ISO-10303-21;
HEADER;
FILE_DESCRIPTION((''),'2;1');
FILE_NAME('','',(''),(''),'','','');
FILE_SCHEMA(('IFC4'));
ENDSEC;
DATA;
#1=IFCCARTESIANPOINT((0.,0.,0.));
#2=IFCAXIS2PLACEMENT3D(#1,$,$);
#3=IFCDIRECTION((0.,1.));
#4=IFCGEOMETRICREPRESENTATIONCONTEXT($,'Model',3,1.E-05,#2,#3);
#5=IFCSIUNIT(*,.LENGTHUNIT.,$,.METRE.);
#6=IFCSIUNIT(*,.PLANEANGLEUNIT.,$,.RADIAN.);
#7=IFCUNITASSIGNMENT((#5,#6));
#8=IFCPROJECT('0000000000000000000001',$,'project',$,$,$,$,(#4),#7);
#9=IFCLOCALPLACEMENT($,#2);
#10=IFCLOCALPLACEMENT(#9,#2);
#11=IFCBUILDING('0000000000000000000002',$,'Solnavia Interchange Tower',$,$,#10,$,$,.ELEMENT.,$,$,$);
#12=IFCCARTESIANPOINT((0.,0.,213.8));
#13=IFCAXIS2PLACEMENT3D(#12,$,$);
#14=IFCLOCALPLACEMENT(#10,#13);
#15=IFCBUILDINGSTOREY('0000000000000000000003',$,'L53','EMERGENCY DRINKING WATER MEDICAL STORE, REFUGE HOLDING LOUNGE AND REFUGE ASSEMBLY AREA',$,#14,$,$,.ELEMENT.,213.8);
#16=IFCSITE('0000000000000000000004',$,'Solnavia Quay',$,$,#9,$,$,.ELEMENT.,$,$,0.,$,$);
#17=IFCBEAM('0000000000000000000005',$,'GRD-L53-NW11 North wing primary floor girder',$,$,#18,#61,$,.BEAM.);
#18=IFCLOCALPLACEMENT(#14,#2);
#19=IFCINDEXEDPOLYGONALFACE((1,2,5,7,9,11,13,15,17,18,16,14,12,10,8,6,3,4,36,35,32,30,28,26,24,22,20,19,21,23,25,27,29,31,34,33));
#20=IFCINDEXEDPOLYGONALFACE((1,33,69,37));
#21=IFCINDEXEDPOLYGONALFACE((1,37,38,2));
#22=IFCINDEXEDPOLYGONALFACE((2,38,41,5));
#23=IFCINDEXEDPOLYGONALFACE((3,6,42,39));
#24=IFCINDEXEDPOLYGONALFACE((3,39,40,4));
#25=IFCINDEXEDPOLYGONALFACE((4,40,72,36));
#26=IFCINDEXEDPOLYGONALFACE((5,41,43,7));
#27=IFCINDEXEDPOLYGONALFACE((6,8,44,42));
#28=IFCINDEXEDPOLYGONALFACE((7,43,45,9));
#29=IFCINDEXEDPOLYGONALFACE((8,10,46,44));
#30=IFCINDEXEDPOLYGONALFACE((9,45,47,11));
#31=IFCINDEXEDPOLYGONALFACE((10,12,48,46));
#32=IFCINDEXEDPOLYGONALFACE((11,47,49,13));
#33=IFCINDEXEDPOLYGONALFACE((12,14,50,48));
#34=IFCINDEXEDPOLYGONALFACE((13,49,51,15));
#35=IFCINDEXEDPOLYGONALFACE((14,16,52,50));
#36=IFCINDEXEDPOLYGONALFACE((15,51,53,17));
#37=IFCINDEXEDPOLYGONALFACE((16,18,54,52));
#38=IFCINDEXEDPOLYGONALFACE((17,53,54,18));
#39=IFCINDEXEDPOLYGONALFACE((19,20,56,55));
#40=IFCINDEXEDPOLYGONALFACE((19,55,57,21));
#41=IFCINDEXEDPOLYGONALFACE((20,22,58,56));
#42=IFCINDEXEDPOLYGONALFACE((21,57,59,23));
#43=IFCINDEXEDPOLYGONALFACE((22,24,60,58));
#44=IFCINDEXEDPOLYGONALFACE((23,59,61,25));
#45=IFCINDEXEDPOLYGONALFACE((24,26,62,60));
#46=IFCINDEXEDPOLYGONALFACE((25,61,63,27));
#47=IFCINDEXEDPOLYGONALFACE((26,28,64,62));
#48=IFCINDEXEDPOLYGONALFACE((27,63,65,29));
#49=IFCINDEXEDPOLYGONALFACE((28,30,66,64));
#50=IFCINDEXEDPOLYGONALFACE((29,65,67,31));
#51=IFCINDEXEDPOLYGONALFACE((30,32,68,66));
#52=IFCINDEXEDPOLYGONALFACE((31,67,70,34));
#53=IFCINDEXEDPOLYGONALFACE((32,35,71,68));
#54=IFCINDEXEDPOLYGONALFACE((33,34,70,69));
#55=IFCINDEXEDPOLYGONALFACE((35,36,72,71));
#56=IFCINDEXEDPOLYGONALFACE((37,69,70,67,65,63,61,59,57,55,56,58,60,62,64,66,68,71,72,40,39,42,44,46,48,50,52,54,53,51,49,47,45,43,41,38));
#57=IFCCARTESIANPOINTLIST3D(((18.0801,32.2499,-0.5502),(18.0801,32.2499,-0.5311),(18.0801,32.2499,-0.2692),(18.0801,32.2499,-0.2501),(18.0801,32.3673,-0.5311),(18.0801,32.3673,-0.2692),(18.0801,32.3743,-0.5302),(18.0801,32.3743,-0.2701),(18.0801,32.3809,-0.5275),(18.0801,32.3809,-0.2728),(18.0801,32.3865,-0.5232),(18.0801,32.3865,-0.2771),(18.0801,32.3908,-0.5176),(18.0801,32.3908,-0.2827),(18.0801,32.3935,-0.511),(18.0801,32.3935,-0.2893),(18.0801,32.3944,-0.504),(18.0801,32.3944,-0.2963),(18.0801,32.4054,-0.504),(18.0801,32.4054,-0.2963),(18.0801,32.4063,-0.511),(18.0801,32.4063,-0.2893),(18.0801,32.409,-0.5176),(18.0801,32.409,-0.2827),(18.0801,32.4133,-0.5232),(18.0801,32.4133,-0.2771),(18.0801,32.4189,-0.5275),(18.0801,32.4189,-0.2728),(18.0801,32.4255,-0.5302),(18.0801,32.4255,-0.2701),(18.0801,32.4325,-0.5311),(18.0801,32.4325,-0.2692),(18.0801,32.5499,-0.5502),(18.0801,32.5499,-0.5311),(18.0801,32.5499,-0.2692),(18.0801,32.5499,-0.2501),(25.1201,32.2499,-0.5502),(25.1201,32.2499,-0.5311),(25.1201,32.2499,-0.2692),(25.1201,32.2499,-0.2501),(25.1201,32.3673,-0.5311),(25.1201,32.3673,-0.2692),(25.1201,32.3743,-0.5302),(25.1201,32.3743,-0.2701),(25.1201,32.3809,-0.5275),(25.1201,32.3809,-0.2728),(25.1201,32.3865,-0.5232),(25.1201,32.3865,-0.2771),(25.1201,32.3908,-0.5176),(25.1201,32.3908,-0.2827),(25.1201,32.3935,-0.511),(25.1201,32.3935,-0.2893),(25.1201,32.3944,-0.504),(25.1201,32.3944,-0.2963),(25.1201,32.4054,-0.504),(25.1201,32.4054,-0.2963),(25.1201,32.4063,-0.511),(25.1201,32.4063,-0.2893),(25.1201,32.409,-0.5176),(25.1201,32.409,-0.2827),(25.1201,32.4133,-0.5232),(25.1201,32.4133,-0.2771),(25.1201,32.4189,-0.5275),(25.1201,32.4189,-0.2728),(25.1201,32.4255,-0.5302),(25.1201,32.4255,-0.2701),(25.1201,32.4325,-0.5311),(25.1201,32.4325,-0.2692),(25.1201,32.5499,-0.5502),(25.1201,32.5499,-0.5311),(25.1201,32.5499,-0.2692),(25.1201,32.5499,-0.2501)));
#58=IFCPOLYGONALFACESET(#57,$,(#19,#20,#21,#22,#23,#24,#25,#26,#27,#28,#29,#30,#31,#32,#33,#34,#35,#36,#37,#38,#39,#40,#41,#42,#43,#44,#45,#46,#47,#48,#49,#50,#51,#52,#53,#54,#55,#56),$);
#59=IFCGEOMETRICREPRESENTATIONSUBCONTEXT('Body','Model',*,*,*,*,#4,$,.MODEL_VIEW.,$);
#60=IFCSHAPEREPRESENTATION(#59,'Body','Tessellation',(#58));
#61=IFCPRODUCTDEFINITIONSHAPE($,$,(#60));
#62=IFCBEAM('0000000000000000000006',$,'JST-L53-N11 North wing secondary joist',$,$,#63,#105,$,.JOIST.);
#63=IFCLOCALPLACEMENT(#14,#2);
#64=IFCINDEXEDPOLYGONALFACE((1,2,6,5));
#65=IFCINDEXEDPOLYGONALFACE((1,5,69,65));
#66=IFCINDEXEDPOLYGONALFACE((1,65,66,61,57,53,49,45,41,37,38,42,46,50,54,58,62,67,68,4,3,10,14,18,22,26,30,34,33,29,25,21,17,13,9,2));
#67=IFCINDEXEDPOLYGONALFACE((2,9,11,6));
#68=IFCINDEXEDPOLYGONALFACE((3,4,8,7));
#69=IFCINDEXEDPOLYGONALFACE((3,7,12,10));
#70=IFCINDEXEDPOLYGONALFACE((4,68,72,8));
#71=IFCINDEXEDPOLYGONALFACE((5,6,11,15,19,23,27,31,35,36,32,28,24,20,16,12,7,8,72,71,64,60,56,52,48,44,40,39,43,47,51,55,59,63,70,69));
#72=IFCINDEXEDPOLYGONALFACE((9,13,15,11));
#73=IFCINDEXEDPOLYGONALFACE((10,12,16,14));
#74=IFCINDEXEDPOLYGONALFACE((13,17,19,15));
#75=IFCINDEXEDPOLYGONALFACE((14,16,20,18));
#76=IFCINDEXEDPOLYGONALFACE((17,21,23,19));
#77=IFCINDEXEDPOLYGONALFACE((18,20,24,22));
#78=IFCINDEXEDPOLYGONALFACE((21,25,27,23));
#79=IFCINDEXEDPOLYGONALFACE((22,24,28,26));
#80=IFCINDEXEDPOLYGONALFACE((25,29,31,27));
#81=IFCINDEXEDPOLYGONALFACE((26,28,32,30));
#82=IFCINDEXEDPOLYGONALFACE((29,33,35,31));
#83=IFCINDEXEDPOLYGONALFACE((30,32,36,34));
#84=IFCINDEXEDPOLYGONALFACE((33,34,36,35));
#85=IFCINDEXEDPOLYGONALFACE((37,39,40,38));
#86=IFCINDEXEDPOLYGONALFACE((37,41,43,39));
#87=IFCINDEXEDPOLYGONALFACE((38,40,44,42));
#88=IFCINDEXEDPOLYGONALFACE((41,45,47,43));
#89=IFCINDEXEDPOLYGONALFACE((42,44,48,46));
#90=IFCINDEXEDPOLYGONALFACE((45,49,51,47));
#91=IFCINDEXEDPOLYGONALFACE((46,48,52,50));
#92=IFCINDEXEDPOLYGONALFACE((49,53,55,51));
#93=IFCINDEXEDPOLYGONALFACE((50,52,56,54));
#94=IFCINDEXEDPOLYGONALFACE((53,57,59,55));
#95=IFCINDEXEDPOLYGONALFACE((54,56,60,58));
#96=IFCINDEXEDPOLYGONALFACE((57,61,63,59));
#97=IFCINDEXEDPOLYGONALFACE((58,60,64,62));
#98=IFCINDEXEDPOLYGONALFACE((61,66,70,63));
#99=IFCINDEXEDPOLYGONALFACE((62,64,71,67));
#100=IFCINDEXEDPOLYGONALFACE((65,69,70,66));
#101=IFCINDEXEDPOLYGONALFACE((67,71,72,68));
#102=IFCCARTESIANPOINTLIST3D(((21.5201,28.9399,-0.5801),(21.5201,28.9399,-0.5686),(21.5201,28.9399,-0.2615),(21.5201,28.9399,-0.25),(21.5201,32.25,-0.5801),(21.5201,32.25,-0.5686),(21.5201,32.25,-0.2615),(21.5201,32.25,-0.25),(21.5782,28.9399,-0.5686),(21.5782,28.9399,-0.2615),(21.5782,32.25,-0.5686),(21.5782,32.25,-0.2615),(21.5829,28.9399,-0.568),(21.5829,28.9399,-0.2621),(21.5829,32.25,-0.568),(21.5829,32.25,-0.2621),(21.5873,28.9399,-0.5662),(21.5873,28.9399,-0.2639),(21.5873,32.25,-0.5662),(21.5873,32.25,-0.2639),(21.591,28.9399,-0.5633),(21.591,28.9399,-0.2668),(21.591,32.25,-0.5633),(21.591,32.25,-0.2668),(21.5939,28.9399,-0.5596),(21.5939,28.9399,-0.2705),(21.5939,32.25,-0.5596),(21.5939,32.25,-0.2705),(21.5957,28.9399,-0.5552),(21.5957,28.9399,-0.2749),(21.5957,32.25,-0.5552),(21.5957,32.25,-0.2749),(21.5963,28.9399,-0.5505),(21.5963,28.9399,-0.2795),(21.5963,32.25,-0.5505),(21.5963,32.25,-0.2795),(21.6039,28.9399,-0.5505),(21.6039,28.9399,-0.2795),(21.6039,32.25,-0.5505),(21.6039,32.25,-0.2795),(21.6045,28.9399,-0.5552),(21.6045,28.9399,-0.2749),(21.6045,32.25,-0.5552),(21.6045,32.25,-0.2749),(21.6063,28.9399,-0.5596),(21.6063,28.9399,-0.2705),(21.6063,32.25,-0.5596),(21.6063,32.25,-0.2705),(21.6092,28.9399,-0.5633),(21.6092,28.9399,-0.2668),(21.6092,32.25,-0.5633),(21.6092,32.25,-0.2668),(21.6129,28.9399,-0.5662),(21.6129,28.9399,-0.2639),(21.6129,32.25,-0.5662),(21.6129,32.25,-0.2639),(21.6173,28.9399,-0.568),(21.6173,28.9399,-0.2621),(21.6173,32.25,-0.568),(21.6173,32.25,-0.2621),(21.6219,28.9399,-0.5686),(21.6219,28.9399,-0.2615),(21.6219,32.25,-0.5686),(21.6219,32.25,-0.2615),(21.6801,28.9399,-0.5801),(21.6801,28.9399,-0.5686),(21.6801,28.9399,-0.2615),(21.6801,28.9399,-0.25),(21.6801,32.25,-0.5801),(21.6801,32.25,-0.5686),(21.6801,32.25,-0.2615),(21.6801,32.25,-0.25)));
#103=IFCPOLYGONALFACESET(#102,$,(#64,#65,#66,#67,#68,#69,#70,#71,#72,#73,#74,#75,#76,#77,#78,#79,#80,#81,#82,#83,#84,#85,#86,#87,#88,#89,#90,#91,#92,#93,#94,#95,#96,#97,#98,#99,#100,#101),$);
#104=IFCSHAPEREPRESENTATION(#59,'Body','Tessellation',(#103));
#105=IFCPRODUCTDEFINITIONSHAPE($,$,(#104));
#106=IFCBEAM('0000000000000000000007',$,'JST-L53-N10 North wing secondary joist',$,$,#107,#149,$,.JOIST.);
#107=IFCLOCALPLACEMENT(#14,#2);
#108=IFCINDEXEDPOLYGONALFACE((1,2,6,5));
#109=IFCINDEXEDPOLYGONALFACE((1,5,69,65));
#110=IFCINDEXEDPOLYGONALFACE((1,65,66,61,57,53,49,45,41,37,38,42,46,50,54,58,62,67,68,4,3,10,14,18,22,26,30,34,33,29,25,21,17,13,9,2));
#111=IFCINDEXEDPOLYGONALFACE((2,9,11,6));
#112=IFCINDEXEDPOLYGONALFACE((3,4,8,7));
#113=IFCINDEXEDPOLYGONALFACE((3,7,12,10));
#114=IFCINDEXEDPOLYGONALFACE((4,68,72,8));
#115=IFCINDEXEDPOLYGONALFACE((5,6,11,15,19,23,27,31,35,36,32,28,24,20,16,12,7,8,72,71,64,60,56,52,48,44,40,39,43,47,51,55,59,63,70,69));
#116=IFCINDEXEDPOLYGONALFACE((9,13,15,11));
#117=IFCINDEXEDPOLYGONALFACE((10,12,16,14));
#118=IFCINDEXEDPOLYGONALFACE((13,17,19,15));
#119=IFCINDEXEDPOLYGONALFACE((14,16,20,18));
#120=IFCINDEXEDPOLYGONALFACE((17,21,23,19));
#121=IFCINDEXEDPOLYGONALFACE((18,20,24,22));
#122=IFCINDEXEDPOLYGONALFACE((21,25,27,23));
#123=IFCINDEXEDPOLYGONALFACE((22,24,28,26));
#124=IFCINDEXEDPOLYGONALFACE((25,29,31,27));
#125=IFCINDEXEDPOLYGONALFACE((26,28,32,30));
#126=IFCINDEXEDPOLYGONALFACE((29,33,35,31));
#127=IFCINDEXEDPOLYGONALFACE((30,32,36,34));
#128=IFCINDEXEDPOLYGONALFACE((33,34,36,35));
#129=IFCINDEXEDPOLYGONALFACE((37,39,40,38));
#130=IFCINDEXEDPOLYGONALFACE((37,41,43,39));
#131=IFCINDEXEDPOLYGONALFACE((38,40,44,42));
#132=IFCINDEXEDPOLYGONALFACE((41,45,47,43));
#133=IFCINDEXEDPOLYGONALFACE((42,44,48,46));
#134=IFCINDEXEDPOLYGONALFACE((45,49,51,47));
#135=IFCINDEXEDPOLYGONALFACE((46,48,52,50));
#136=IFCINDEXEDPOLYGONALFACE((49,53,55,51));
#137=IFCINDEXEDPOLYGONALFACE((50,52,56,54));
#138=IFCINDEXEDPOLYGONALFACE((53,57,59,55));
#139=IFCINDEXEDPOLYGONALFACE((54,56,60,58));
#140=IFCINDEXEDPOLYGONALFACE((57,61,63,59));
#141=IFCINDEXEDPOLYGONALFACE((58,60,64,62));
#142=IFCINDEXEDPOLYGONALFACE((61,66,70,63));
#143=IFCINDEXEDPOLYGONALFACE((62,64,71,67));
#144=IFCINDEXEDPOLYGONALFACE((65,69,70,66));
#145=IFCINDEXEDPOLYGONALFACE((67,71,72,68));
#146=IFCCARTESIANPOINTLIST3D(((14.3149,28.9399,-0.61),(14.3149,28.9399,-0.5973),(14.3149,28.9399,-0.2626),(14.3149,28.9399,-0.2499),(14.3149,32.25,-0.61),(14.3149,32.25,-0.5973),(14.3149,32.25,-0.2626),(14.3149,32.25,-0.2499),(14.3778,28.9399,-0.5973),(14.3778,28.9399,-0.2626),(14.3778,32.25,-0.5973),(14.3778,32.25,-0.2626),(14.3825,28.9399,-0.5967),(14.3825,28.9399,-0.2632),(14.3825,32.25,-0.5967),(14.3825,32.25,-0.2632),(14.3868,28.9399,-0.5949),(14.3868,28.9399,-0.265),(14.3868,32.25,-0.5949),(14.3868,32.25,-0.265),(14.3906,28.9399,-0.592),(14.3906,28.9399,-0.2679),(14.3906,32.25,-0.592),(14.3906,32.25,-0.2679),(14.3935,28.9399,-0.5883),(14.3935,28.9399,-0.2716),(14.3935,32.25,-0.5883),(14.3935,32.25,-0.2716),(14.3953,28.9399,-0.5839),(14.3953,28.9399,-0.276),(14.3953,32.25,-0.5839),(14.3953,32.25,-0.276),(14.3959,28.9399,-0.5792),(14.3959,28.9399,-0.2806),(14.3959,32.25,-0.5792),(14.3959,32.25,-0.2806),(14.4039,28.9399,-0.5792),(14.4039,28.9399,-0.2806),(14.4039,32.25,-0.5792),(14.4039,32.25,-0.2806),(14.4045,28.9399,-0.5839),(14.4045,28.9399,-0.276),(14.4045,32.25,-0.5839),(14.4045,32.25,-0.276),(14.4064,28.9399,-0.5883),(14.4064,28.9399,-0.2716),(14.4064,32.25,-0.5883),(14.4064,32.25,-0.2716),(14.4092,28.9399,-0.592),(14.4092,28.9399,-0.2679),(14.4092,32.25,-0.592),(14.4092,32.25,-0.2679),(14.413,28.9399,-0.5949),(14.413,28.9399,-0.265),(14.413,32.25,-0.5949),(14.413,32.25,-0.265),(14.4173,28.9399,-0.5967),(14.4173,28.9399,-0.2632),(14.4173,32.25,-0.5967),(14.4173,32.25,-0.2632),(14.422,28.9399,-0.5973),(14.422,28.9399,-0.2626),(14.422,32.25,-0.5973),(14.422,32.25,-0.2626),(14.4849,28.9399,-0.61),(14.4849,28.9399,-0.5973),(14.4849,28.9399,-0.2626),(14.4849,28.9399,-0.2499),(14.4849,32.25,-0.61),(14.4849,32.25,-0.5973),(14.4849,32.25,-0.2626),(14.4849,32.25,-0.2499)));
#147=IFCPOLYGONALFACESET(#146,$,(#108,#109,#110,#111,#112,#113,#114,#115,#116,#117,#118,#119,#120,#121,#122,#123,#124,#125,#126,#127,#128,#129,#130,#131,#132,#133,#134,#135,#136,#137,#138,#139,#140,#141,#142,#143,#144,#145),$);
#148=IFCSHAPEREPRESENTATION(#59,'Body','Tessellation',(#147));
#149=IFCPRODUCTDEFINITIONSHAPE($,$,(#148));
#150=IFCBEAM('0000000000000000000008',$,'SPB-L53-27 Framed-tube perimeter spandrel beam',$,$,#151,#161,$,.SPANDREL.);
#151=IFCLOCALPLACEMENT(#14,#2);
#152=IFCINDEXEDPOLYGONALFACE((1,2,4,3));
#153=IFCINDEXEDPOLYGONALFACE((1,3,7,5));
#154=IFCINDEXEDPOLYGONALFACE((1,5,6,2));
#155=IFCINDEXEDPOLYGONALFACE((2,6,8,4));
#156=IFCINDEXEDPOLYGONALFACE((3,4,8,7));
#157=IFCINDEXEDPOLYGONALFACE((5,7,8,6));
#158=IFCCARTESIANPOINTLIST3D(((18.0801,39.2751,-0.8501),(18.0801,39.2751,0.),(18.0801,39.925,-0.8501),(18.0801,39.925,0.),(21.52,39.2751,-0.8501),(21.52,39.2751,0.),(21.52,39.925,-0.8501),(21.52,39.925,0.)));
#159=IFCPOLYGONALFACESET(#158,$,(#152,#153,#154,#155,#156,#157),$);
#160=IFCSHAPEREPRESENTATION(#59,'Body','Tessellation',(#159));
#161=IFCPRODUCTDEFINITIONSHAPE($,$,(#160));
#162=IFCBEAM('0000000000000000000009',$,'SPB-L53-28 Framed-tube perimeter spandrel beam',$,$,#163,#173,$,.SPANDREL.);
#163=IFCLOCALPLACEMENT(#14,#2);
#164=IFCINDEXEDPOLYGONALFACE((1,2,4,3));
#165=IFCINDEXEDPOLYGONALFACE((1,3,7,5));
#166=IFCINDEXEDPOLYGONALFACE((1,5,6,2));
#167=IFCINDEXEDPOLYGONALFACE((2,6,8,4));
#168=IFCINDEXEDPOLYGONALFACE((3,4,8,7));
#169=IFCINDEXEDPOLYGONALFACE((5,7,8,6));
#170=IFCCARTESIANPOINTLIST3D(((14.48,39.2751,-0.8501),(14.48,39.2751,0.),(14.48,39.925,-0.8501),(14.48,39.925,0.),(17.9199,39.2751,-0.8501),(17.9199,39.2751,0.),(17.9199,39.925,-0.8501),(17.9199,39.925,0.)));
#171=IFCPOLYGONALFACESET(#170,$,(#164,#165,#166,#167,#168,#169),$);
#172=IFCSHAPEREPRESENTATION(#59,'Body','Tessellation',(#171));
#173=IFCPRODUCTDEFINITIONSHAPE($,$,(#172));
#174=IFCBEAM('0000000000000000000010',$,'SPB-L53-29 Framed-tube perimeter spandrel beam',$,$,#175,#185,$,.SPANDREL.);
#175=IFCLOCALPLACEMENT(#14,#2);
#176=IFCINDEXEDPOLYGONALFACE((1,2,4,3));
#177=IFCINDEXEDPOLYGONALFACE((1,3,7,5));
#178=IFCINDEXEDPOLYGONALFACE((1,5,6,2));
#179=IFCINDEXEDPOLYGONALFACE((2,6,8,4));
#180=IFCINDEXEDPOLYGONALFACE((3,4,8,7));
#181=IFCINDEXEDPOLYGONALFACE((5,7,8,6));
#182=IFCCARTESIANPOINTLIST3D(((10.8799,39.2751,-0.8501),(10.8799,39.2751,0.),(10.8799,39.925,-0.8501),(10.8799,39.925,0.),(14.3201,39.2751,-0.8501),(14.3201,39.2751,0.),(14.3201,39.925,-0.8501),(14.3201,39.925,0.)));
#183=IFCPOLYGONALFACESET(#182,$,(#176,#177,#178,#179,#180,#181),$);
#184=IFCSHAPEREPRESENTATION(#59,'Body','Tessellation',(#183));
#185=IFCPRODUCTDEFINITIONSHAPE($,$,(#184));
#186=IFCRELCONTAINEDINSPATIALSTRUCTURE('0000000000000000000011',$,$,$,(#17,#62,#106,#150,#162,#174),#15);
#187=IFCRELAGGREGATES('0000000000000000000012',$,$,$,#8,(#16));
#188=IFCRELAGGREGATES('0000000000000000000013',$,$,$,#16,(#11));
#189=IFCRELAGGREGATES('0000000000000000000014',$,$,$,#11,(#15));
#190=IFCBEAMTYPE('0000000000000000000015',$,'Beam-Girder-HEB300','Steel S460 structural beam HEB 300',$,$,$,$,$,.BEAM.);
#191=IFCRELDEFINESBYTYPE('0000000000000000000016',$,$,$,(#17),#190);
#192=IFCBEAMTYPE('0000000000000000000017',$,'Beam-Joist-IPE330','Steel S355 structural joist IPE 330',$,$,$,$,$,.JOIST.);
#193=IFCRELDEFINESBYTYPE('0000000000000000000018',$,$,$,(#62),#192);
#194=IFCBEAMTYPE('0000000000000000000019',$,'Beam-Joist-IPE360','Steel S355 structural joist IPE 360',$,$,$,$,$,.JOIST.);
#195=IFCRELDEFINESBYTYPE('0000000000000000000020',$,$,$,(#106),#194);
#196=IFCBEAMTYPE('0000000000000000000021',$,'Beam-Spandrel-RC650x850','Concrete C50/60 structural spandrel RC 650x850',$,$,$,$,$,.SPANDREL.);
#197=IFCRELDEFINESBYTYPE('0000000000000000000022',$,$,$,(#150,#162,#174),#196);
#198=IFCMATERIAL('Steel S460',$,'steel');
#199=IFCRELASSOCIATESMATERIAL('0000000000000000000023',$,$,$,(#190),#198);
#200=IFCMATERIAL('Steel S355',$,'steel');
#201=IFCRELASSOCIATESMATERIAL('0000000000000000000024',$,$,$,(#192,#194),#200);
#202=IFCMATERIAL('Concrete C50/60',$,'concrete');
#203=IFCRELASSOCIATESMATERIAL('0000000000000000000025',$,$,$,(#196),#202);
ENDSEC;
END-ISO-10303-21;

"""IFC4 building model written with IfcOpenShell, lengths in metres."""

from ifc_helpers import new_model, si_unit, direction, frame, origin, origin_2d, place, context, subcontext, project, spatial, rectangle, i_section, extrude, material, material_profile, profile_set, type_object, element, save


model = new_model("IFC4")

# Units and contexts
model_context = context("Model", 3, precision=1e-05, world=origin(), true_north=direction((0.0, 1.0)))
body_context = subcontext(model_context, "Body", "Model", "MODEL_VIEW")
ifc_project = project(units=[si_unit("LENGTHUNIT", "METRE"), si_unit("PLANEANGLEUNIT", "RADIAN")], contexts=[model_context])

# Site, building, storey
site_placement = place(None, origin())
site = spatial("IfcSite", under=ifc_project, at=site_placement, Name="Solnavia Quay", CompositionType="ELEMENT", RefElevation=0.0)
building_placement = place(site_placement, origin())
building = spatial("IfcBuilding", under=site, at=building_placement, Name="Solnavia Interchange Tower", CompositionType="ELEMENT")
storey_placement = place(building_placement, frame((0.0, 0.0, 213.8)))
storey = spatial("IfcBuildingStorey", under=building, at=storey_placement, Name="L53", Description="EMERGENCY DRINKING WATER MEDICAL STORE, REFUGE HOLDING LOUNGE AND REFUGE ASSEMBLY AREA", CompositionType="ELEMENT", Elevation=213.8)

# Shared definitions
ifc_material_1 = material(Name="Concrete C50/60", Category="concrete")

# Beams
ifc_material_2 = material(Name="Steel S460", Category="steel")
ifc_material_profile_1 = material_profile(ifc_material_2, i_section(OverallWidth=0.3, OverallDepth=0.3, WebThickness=0.011, FlangeThickness=0.019, FilletRadius=0.0271, at=origin_2d()), Name="HEB 300")
ifc_profile_set_1 = profile_set([ifc_material_profile_1], Name="Steel S460")
beam_type_1 = type_object("IfcBeamType", Name="Beam-Girder-HEB300", Description="Steel S460 structural beam HEB 300", PredefinedType="BEAM", material=ifc_profile_set_1)
beam_1_placement = place(storey_placement, frame((18.0801, 32.3999, -0.4001), z_axis=(1.0, 0.0, 0.0), x_axis=(0.0, 1.0, 0.0)))
element("IfcBeam", 1, at=beam_1_placement, inside=storey, type_object=beam_type_1, Name="GRD-L53-NW11 North wing primary floor girder", PredefinedType="BEAM", context=body_context, shape_type="SweptSolid", body=[
    extrude(i_section(OverallWidth=0.3, OverallDepth=0.3, WebThickness=0.011, FlangeThickness=0.019, FilletRadius=0.0271, at=origin_2d()), origin(), (0.0, 0.0, 1.0), 7.04),
])
ifc_material_3 = material(Name="Steel S355", Category="steel")
ifc_material_profile_2 = material_profile(ifc_material_3, i_section(OverallWidth=0.1599, OverallDepth=0.3301, WebThickness=0.0076, FlangeThickness=0.0115, FilletRadius=0.0181, at=origin_2d()), Name="IPE 330")
ifc_profile_set_2 = profile_set([ifc_material_profile_2], Name="Steel S355")
beam_type_2 = type_object("IfcBeamType", Name="Beam-Joist-IPE330", Description="Steel S355 structural joist IPE 330", PredefinedType="JOIST", material=ifc_profile_set_2)
beam_2_placement = place(storey_placement, frame((21.6001, 28.9399, -0.415), z_axis=(0.0, 1.0, 0.0), x_axis=(-1.0, 0.0, 0.0)))
element("IfcBeam", 2, at=beam_2_placement, inside=storey, type_object=beam_type_2, Name="JST-L53-N11 North wing secondary joist", PredefinedType="JOIST", context=body_context, shape_type="SweptSolid", body=[
    extrude(i_section(OverallWidth=0.1599, OverallDepth=0.3301, WebThickness=0.0076, FlangeThickness=0.0115, FilletRadius=0.0181, at=origin_2d()), origin(), (0.0, 0.0, 1.0), 3.3101),
])
ifc_material_profile_3 = material_profile(ifc_material_3, i_section(OverallWidth=0.1699, OverallDepth=0.3601, WebThickness=0.0081, FlangeThickness=0.0127, FilletRadius=0.0181, at=origin_2d()), Name="IPE 360")
ifc_profile_set_3 = profile_set([ifc_material_profile_3], Name="Steel S355")
beam_type_3 = type_object("IfcBeamType", Name="Beam-Joist-IPE360", Description="Steel S355 structural joist IPE 360", PredefinedType="JOIST", material=ifc_profile_set_3)
beam_3_placement = place(storey_placement, frame((14.3999, 28.9399, -0.4299), z_axis=(0.0, 1.0, 0.0), x_axis=(-1.0, 0.0, 0.0)))
element("IfcBeam", 3, at=beam_3_placement, inside=storey, type_object=beam_type_3, Name="JST-L53-N10 North wing secondary joist", PredefinedType="JOIST", context=body_context, shape_type="SweptSolid", body=[
    extrude(i_section(OverallWidth=0.1699, OverallDepth=0.3601, WebThickness=0.0081, FlangeThickness=0.0127, FilletRadius=0.0181, at=origin_2d()), origin(), (0.0, 0.0, 1.0), 3.3101),
])
ifc_material_profile_4 = material_profile(ifc_material_1, rectangle(XDim=0.6499, YDim=0.8501, at=origin_2d()), Name="RC 650x850")
ifc_profile_set_4 = profile_set([ifc_material_profile_4], Name="Concrete C50/60")
beam_type_4 = type_object("IfcBeamType", Name="Beam-Spandrel-RC650x850", Description="Concrete C50/60 structural spandrel RC 650x850", PredefinedType="SPANDREL", material=ifc_profile_set_4)
for number, where, z_axis, x_axis, name in (
    (4, (21.52, 39.6001, -0.425), (-1.0, 0.0, 0.0), (0.0, -1.0, 0.0), "SPB-L53-27 Framed-tube perimeter spandrel beam"),
    (5, (17.9199, 39.6001, -0.425), (-1.0, 0.0, 0.0), (0.0, -1.0, 0.0), "SPB-L53-28 Framed-tube perimeter spandrel beam"),
):
    element("IfcBeam", number, at=place(storey_placement, frame(where, z_axis=z_axis, x_axis=x_axis)), inside=storey, type_object=beam_type_4, Name=name, PredefinedType="SPANDREL", context=body_context, shape_type="SweptSolid", body=[
        extrude(rectangle(XDim=0.6499, YDim=0.8501, at=origin_2d()), origin(), (0.0, 0.0, 1.0), 3.4399),
    ])
beam_4_placement = place(storey_placement, frame((14.3201, 39.6001, -0.425), z_axis=(-1.0, 0.0, 0.0), x_axis=(0.0, -1.0, 0.0)))
element("IfcBeam", 6, at=beam_4_placement, inside=storey, type_object=beam_type_4, Name="SPB-L53-29 Framed-tube perimeter spandrel beam", PredefinedType="SPANDREL", context=body_context, shape_type="SweptSolid", body=[
    extrude(rectangle(XDim=0.6499, YDim=0.8501, at=origin_2d()), origin(), (0.0, 0.0, 1.0), 3.4402),
])

save(model, "model.ifc")
